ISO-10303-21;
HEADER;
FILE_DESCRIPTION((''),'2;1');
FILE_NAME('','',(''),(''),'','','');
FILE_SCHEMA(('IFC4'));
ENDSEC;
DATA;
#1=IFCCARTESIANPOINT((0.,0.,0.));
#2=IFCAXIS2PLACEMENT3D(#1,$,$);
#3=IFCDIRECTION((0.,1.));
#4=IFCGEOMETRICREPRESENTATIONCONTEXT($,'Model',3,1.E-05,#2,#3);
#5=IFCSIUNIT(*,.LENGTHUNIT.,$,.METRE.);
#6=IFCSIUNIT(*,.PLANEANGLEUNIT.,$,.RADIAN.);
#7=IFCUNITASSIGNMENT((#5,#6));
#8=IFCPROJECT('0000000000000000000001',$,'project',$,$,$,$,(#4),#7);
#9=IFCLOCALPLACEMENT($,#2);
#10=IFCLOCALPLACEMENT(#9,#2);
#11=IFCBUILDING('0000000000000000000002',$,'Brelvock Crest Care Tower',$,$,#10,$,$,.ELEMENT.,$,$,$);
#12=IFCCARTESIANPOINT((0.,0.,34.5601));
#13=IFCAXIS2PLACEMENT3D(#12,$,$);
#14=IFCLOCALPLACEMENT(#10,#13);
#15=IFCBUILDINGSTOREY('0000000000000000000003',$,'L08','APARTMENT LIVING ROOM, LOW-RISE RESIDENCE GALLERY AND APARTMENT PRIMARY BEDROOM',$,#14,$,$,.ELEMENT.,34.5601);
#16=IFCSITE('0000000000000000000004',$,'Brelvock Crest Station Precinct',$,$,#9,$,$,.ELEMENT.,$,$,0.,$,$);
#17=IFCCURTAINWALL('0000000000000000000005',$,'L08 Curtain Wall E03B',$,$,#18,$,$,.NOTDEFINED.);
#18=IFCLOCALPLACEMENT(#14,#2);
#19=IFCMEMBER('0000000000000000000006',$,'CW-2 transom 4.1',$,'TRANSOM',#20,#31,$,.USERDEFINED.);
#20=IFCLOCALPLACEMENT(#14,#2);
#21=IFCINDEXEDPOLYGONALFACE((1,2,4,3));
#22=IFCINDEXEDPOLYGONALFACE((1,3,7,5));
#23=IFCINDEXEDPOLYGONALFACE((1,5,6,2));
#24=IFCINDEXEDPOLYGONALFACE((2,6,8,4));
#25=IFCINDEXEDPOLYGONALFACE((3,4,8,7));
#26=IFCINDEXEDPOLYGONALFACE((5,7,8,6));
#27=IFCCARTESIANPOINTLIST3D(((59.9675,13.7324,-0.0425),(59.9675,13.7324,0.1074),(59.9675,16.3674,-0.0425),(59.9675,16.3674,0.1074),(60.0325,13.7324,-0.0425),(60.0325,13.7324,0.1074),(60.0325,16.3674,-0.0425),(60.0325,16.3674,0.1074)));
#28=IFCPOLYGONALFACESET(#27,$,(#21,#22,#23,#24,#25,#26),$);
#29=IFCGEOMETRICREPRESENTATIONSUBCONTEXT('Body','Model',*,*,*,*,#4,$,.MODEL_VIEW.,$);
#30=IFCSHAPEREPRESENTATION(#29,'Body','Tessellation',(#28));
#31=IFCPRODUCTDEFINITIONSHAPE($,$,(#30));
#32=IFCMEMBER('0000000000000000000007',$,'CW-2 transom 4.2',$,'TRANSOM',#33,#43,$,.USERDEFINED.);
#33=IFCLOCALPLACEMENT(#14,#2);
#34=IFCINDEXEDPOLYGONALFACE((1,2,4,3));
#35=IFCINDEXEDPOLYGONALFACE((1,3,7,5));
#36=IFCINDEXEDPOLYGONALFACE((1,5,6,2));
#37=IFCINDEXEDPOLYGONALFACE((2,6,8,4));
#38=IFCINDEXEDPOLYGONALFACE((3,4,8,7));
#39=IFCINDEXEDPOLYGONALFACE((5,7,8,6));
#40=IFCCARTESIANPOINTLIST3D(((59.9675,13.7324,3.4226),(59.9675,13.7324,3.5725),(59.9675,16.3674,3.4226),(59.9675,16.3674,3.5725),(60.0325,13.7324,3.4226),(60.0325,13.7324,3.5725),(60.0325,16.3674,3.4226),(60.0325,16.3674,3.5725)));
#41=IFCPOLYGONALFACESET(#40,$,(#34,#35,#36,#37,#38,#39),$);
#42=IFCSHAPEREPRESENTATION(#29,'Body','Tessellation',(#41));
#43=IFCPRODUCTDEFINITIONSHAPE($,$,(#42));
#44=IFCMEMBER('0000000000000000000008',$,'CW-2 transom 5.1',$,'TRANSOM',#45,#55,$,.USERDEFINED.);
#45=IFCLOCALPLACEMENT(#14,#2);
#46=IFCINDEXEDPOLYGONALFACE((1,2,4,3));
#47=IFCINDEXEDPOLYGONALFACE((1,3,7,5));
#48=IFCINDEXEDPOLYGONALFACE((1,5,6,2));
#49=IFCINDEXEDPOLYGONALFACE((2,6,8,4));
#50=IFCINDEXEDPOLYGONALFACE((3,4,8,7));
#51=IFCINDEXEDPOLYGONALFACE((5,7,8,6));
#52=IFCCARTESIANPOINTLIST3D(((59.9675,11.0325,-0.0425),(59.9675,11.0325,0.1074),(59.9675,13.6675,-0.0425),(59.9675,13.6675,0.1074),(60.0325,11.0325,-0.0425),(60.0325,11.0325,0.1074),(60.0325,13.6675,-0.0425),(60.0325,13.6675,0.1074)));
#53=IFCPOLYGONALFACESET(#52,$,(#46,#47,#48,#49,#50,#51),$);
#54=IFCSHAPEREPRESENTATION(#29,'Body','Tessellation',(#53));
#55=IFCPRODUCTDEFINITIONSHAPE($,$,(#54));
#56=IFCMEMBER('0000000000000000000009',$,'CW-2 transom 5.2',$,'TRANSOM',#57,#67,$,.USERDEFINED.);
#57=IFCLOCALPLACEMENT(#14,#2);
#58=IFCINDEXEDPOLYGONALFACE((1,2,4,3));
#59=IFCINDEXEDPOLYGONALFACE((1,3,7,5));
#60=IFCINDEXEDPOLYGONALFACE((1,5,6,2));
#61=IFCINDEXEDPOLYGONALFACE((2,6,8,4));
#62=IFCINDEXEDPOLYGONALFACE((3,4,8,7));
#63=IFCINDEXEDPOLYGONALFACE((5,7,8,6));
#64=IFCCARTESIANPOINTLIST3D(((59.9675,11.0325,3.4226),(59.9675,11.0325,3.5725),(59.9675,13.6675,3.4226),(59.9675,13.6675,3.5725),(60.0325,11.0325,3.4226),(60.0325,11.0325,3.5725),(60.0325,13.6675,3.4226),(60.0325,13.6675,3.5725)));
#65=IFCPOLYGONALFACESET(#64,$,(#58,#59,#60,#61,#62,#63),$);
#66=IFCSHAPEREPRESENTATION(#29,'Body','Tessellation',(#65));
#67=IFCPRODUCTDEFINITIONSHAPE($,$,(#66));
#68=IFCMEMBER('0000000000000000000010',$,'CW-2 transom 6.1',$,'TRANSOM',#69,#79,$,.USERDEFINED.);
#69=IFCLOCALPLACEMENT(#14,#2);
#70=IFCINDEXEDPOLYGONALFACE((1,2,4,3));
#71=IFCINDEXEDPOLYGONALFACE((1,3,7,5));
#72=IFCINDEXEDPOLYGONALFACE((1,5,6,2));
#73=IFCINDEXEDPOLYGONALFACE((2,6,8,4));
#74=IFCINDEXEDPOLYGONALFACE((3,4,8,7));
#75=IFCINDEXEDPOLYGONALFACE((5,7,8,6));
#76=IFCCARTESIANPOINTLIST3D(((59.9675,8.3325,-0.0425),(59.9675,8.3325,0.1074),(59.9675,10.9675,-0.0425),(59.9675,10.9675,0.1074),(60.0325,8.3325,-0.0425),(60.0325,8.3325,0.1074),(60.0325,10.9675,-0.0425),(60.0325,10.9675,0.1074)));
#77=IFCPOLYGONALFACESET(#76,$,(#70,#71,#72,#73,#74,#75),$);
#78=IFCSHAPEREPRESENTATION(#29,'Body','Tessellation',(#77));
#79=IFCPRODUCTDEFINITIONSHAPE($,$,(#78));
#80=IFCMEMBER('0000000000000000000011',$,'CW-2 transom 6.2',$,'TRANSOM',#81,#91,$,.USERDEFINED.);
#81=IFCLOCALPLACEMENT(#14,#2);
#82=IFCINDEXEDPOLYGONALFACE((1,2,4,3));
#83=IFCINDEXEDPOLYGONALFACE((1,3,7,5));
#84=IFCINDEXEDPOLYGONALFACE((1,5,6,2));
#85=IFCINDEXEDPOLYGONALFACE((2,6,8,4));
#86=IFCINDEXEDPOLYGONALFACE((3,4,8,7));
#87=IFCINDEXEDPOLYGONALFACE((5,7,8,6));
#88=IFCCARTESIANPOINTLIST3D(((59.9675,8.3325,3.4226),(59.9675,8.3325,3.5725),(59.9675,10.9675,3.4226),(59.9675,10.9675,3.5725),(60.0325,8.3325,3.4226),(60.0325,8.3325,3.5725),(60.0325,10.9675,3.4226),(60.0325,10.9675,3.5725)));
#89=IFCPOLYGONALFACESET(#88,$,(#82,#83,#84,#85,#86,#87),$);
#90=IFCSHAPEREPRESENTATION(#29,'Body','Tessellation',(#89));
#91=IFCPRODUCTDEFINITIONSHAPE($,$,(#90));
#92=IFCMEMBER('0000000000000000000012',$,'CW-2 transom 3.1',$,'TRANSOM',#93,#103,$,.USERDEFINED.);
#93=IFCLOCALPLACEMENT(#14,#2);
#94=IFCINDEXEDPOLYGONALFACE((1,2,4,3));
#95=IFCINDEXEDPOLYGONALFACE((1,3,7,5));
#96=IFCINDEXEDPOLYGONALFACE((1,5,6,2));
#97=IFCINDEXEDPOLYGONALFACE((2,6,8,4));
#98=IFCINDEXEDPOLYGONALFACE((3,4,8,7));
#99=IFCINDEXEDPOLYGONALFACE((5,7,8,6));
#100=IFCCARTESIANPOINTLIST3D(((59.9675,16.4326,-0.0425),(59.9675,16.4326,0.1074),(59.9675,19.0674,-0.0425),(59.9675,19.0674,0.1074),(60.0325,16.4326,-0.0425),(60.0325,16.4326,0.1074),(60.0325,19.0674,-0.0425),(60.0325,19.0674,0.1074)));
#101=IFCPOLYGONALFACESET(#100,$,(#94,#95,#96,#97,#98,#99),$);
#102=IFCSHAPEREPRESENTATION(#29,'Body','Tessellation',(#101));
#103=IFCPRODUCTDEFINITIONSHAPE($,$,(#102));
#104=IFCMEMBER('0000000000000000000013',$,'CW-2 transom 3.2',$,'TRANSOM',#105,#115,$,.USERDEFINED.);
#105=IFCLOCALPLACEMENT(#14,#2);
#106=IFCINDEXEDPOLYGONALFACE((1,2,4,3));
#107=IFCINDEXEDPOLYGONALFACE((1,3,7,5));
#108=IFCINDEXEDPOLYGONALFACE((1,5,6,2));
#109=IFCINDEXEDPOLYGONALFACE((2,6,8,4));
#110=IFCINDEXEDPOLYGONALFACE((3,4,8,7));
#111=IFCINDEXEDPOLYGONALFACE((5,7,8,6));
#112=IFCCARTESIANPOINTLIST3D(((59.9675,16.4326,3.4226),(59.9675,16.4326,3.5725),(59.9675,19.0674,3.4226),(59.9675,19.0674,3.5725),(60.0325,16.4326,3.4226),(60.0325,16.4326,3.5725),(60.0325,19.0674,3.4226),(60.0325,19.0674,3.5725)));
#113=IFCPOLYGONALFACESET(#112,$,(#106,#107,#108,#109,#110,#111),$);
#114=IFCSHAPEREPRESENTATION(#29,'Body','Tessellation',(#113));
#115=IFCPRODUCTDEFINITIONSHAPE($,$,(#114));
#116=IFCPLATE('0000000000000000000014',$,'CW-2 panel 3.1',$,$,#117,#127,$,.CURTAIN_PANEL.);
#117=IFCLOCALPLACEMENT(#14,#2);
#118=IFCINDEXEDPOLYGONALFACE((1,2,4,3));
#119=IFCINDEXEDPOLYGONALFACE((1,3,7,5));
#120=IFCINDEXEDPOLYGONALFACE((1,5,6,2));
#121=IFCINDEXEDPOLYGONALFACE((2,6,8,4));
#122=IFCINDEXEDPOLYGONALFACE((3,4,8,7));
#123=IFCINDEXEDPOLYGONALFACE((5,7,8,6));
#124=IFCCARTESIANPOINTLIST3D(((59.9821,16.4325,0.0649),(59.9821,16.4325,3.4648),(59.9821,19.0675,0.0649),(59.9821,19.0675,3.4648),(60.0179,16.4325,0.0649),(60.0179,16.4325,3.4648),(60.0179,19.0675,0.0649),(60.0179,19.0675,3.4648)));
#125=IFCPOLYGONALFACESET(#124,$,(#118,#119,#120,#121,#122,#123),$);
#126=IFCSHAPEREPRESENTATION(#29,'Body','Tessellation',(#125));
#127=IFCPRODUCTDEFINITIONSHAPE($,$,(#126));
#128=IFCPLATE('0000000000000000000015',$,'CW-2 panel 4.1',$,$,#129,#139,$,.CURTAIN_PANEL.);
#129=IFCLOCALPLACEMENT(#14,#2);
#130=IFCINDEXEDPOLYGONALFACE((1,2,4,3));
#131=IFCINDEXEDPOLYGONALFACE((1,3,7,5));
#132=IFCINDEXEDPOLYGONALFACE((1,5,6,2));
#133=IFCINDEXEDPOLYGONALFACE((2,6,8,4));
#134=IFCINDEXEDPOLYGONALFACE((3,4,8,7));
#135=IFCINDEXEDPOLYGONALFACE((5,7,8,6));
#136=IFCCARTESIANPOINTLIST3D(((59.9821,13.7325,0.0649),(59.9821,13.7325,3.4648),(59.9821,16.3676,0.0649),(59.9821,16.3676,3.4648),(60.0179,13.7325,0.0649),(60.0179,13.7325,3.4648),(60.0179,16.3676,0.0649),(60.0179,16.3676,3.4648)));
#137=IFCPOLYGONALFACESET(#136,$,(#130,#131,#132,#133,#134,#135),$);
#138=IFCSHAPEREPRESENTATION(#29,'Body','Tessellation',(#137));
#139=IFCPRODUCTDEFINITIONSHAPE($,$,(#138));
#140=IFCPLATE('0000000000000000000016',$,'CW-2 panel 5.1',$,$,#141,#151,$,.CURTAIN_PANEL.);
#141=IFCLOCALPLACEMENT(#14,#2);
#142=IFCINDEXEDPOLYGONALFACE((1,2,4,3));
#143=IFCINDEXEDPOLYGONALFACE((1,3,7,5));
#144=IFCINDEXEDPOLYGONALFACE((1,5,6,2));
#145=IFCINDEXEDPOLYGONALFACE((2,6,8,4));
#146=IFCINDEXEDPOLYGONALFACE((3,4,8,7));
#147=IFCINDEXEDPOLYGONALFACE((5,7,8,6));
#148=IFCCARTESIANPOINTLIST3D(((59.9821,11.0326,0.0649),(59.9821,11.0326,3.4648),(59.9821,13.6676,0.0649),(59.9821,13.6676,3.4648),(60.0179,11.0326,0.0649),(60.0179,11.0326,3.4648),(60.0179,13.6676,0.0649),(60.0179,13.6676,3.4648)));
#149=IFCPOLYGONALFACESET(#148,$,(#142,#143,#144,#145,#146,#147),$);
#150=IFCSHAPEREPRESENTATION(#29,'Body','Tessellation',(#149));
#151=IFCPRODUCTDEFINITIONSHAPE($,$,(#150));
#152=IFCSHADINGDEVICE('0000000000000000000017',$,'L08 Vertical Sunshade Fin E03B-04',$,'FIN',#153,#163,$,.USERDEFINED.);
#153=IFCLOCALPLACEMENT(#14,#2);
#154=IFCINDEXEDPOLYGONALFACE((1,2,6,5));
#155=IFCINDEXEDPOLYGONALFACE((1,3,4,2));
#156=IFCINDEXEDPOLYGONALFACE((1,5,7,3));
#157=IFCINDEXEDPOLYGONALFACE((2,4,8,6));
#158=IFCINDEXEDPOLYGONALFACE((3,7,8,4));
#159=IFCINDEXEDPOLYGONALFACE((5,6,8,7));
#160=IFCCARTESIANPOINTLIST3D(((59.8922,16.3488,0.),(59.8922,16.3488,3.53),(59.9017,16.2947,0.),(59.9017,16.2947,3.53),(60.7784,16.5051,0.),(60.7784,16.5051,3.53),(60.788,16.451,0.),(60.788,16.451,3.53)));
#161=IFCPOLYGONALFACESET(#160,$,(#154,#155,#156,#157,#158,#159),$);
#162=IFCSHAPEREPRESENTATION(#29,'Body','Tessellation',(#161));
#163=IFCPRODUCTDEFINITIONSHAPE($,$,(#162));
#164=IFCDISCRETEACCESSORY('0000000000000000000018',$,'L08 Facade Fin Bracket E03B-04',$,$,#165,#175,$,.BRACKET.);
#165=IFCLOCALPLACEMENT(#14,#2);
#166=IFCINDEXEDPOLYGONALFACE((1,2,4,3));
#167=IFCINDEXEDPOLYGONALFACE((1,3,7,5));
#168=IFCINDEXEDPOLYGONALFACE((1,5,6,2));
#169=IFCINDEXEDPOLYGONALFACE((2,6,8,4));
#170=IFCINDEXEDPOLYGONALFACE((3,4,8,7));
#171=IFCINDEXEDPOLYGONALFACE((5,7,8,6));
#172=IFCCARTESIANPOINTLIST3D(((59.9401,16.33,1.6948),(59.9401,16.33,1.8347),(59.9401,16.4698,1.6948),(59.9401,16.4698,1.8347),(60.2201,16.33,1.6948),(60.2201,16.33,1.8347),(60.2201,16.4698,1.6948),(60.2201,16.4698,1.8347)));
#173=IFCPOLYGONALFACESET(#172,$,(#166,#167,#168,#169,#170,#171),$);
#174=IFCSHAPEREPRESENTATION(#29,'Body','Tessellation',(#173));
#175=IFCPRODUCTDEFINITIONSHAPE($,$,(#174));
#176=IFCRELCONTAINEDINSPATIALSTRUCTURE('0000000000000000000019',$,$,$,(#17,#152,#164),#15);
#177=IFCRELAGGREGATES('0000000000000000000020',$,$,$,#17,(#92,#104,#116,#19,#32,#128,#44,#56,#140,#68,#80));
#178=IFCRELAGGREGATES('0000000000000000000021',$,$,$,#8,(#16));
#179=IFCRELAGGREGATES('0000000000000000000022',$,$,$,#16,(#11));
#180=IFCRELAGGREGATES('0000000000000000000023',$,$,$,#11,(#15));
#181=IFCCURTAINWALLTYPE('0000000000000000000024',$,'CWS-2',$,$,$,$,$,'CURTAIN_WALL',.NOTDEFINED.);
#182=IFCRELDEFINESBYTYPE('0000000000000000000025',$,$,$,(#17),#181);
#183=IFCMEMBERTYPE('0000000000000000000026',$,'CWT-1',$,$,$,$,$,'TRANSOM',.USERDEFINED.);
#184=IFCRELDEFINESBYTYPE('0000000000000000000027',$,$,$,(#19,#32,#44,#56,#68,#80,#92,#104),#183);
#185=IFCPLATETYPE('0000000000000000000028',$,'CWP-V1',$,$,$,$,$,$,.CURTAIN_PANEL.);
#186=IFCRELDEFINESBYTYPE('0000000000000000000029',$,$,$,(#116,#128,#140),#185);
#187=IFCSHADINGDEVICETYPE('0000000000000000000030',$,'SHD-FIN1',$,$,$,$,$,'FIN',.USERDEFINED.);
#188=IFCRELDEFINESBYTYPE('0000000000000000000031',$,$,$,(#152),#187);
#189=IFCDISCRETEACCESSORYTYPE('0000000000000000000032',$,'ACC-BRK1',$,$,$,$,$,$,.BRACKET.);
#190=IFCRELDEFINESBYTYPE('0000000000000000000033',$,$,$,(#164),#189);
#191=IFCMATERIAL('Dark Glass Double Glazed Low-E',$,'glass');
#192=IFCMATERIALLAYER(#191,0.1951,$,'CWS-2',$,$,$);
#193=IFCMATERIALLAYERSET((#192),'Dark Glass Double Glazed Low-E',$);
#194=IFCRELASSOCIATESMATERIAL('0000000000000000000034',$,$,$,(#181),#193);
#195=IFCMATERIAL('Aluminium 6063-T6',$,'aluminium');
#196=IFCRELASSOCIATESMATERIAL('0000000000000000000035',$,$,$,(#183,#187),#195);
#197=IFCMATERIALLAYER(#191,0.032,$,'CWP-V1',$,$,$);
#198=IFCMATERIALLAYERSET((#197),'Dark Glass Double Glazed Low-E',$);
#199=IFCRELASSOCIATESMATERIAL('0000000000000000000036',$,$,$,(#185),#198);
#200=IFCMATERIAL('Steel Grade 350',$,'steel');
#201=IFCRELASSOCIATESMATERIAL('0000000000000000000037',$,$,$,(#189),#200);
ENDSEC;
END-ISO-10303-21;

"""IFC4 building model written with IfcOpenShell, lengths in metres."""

from ifc_helpers import new_model, si_unit, direction, frame, origin, origin_2d, place, context, subcontext, project, spatial, rectangle, extrude, source, transform, mapped, material, layer, layer_set, material_profile, profile_set, type_object, element, aggregate, save


model = new_model("IFC4")

# Units and contexts
model_context = context("Model", 3, precision=1e-05, world=origin(), true_north=direction((0.0, 1.0)))
body_context = subcontext(model_context, "Body", "Model", "MODEL_VIEW")
ifc_project = project(units=[si_unit("LENGTHUNIT", "METRE"), si_unit("PLANEANGLEUNIT", "RADIAN")], contexts=[model_context])

# Site, building, storey
site_placement = place(None, origin())
site = spatial("IfcSite", under=ifc_project, at=site_placement, Name="Brelvock Crest Station Precinct", CompositionType="ELEMENT", RefElevation=0.0)
building_placement = place(site_placement, origin())
building = spatial("IfcBuilding", under=site, at=building_placement, Name="Brelvock Crest Care Tower", CompositionType="ELEMENT")
storey_placement = place(building_placement, frame((0.0, 0.0, 34.5601)))
storey = spatial("IfcBuildingStorey", under=building, at=storey_placement, Name="L08", Description="APARTMENT LIVING ROOM, LOW-RISE RESIDENCE GALLERY AND APARTMENT PRIMARY BEDROOM", CompositionType="ELEMENT", Elevation=34.5601)

# Shared definitions
ifc_material_1 = material(Name="Steel Grade 350", Category="steel")

# Curtain wall, members, plates
ifc_material_2 = material(Name="Dark Glass Double Glazed Low-E", Category="glass")
ifc_layer_1 = layer(ifc_material_2, 0.1951, Name="CWS-2")
ifc_layer_set_1 = layer_set([ifc_layer_1], Name="Dark Glass Double Glazed Low-E")
curtain_wall_type = type_object("IfcCurtainWallType", Name="CWS-2", ElementType="CURTAIN_WALL", PredefinedType="NOTDEFINED", material=ifc_layer_set_1)
curtain_wall_placement = place(storey_placement, origin())
curtain_wall = element("IfcCurtainWall", 1, at=curtain_wall_placement, inside=storey, type_object=curtain_wall_type, Name="L08 Curtain Wall E03B", PredefinedType="NOTDEFINED")
ifc_material_3 = material(Name="Aluminium 6063-T6", Category="aluminium")
ifc_material_profile_1 = material_profile(ifc_material_3, rectangle(XDim=0.0649, YDim=0.1499, at=origin_2d()), Name="ALU65x150")
ifc_profile_set_1 = profile_set([ifc_material_profile_1], Name="Aluminium 6063-T6")
member_type_1 = type_object("IfcMemberType", Name="CWT-1", ElementType="TRANSOM", PredefinedType="USERDEFINED", material=ifc_profile_set_1)
shared_shape_1 = source(origin(), body_context, "Body", "SweptSolid", [
    extrude(rectangle(XDim=0.0649, YDim=0.1499, at=origin_2d()), origin(), (0.0, 0.0, 1.0), 2.635),
])
member_1_placement = place(storey_placement, frame((60.0, 16.3674, 0.0325), z_axis=(0.0, -1.0, 0.0), x_axis=(1.0, 0.0, 0.0)))
member_1 = element("IfcMember", 2, at=member_1_placement, type_object=member_type_1, Name="CW-2 transom 4.1", ObjectType="TRANSOM", PredefinedType="USERDEFINED", context=body_context, shape_type="MappedRepresentation", body=[
    mapped(shared_shape_1, transform((0.0, 0.0, 0.0), x_axis=(1.0, 0.0, 0.0), y_axis=(0.0, 1.0, 0.0), z_axis=(0.0, 0.0, 1.0), scale=1.0)),
])
member_2_placement = place(storey_placement, frame((60.0, 16.3674, 3.4976), z_axis=(0.0, -1.0, 0.0), x_axis=(1.0, 0.0, 0.0)))
member_2 = element("IfcMember", 3, at=member_2_placement, type_object=member_type_1, Name="CW-2 transom 4.2", ObjectType="TRANSOM", PredefinedType="USERDEFINED", context=body_context, shape_type="MappedRepresentation", body=[
    mapped(shared_shape_1, transform((0.0, 0.0, 0.0), x_axis=(1.0, 0.0, 0.0), y_axis=(0.0, 1.0, 0.0), z_axis=(0.0, 0.0, 1.0), scale=1.0)),
])
member_3_placement = place(storey_placement, frame((60.0, 13.6675, 0.0325), z_axis=(0.0, -1.0, 0.0), x_axis=(1.0, 0.0, 0.0)))
member_3 = element("IfcMember", 4, at=member_3_placement, type_object=member_type_1, Name="CW-2 transom 5.1", ObjectType="TRANSOM", PredefinedType="USERDEFINED", context=body_context, shape_type="MappedRepresentation", body=[
    mapped(shared_shape_1, transform((0.0, 0.0, 0.0), x_axis=(1.0, 0.0, 0.0), y_axis=(0.0, 1.0, 0.0), z_axis=(0.0, 0.0, 1.0), scale=1.0)),
])
member_4_placement = place(storey_placement, frame((60.0, 13.6675, 3.4976), z_axis=(0.0, -1.0, 0.0), x_axis=(1.0, 0.0, 0.0)))
member_4 = element("IfcMember", 5, at=member_4_placement, type_object=member_type_1, Name="CW-2 transom 5.2", ObjectType="TRANSOM", PredefinedType="USERDEFINED", context=body_context, shape_type="MappedRepresentation", body=[
    mapped(shared_shape_1, transform((0.0, 0.0, 0.0), x_axis=(1.0, 0.0, 0.0), y_axis=(0.0, 1.0, 0.0), z_axis=(0.0, 0.0, 1.0), scale=1.0)),
])
member_5_placement = place(storey_placement, frame((60.0, 10.9675, 0.0325), z_axis=(0.0, -1.0, 0.0), x_axis=(1.0, 0.0, 0.0)))
member_5 = element("IfcMember", 6, at=member_5_placement, type_object=member_type_1, Name="CW-2 transom 6.1", ObjectType="TRANSOM", PredefinedType="USERDEFINED", context=body_context, shape_type="MappedRepresentation", body=[
    mapped(shared_shape_1, transform((0.0, 0.0, 0.0), x_axis=(1.0, 0.0, 0.0), y_axis=(0.0, 1.0, 0.0), z_axis=(0.0, 0.0, 1.0), scale=1.0)),
])
member_6_placement = place(storey_placement, frame((60.0, 10.9675, 3.4976), z_axis=(0.0, -1.0, 0.0), x_axis=(1.0, 0.0, 0.0)))
member_6 = element("IfcMember", 7, at=member_6_placement, type_object=member_type_1, Name="CW-2 transom 6.2", ObjectType="TRANSOM", PredefinedType="USERDEFINED", context=body_context, shape_type="MappedRepresentation", body=[
    mapped(shared_shape_1, transform((0.0, 0.0, 0.0), x_axis=(1.0, 0.0, 0.0), y_axis=(0.0, 1.0, 0.0), z_axis=(0.0, 0.0, 1.0), scale=1.0)),
])
shared_shape_2 = source(origin(), body_context, "Body", "SweptSolid", [
    extrude(rectangle(XDim=0.0649, YDim=0.1499, at=origin_2d()), origin(), (0.0, 0.0, 1.0), 2.6348),
])
member_7_placement = place(storey_placement, frame((60.0, 19.0674, 0.0325), z_axis=(0.0, -1.0, 0.0), x_axis=(1.0, 0.0, 0.0)))
member_7 = element("IfcMember", 8, at=member_7_placement, type_object=member_type_1, Name="CW-2 transom 3.1", ObjectType="TRANSOM", PredefinedType="USERDEFINED", context=body_context, shape_type="MappedRepresentation", body=[
    mapped(shared_shape_2, transform((0.0, 0.0, 0.0), x_axis=(1.0, 0.0, 0.0), y_axis=(0.0, 1.0, 0.0), z_axis=(0.0, 0.0, 1.0), scale=1.0)),
])
member_8_placement = place(storey_placement, frame((60.0, 19.0674, 3.4976), z_axis=(0.0, -1.0, 0.0), x_axis=(1.0, 0.0, 0.0)))
member_8 = element("IfcMember", 9, at=member_8_placement, type_object=member_type_1, Name="CW-2 transom 3.2", ObjectType="TRANSOM", PredefinedType="USERDEFINED", context=body_context, shape_type="MappedRepresentation", body=[
    mapped(shared_shape_2, transform((0.0, 0.0, 0.0), x_axis=(1.0, 0.0, 0.0), y_axis=(0.0, 1.0, 0.0), z_axis=(0.0, 0.0, 1.0), scale=1.0)),
])
ifc_layer_2 = layer(ifc_material_2, 0.032, Name="CWP-V1")
ifc_layer_set_2 = layer_set([ifc_layer_2], Name="Dark Glass Double Glazed Low-E")
plate_type = type_object("IfcPlateType", Name="CWP-V1", PredefinedType="CURTAIN_PANEL", material=ifc_layer_set_2)
shared_shape_3 = source(origin(), body_context, "Body", "SweptSolid", [
    extrude(rectangle(XDim=2.635, YDim=0.0359, at=origin_2d()), origin(), (0.0, 0.0, 1.0), 3.3999),
])
plate_1_placement = place(storey_placement, frame((60.0, 17.75, 0.0649), z_axis=(0.0, 0.0, 1.0), x_axis=(0.0, -1.0, 0.0)))
plate_1 = element("IfcPlate", 10, at=plate_1_placement, type_object=plate_type, Name="CW-2 panel 3.1", PredefinedType="CURTAIN_PANEL", context=body_context, shape_type="MappedRepresentation", body=[
    mapped(shared_shape_3, transform((0.0, 0.0, 0.0), x_axis=(1.0, 0.0, 0.0), y_axis=(0.0, 1.0, 0.0), z_axis=(0.0, 0.0, 1.0), scale=1.0)),
])
plate_2_placement = place(storey_placement, frame((60.0, 15.05, 0.0649), z_axis=(0.0, 0.0, 1.0), x_axis=(0.0, -1.0, 0.0)))
plate_2 = element("IfcPlate", 11, at=plate_2_placement, type_object=plate_type, Name="CW-2 panel 4.1", PredefinedType="CURTAIN_PANEL", context=body_context, shape_type="MappedRepresentation", body=[
    mapped(shared_shape_3, transform((0.0, 0.0, 0.0), x_axis=(1.0, 0.0, 0.0), y_axis=(0.0, 1.0, 0.0), z_axis=(0.0, 0.0, 1.0), scale=1.0)),
])
plate_3_placement = place(storey_placement, frame((60.0, 12.3501, 0.0649), z_axis=(0.0, 0.0, 1.0), x_axis=(0.0, -1.0, 0.0)))
plate_3 = element("IfcPlate", 12, at=plate_3_placement, type_object=plate_type, Name="CW-2 panel 5.1", PredefinedType="CURTAIN_PANEL", context=body_context, shape_type="MappedRepresentation", body=[
    mapped(shared_shape_3, transform((0.0, 0.0, 0.0), x_axis=(1.0, 0.0, 0.0), y_axis=(0.0, 1.0, 0.0), z_axis=(0.0, 0.0, 1.0), scale=1.0)),
])
aggregate(curtain_wall, [member_7, member_8, plate_1, member_1, member_2, plate_2, member_3, member_4, plate_3, member_5, member_6])

# Shading device
ifc_material_profile_2 = material_profile(ifc_material_3, rectangle(XDim=0.0549, YDim=0.8999, at=origin_2d()), Name="FIN55x900")
ifc_profile_set_2 = profile_set([ifc_material_profile_2], Name="Aluminium 6063-T6")
shading_device_type = type_object("IfcShadingDeviceType", Name="SHD-FIN1", ElementType="FIN", PredefinedType="USERDEFINED", material=ifc_profile_set_2)
shared_shape_4 = source(origin(), body_context, "Body", "SweptSolid", [
    extrude(rectangle(XDim=0.0549, YDim=0.8999, at=origin_2d()), origin(), (0.0, 0.0, 1.0), 3.53),
])
shading_device_placement = place(storey_placement, frame((60.3401, 16.3999, 0.0), z_axis=(0.0, 0.0, 1.0), x_axis=(0.173648, -0.984808, 0.0)))
element("IfcShadingDevice", 13, at=shading_device_placement, inside=storey, type_object=shading_device_type, Name="L08 Vertical Sunshade Fin E03B-04", ObjectType="FIN", PredefinedType="USERDEFINED", context=body_context, shape_type="MappedRepresentation", body=[
    mapped(shared_shape_4, transform((0.0, 0.0, 0.0), x_axis=(1.0, 0.0, 0.0), y_axis=(0.0, 1.0, 0.0), z_axis=(0.0, 0.0, 1.0), scale=1.0)),
])

# Discrete accessory
discrete_accessory_type = type_object("IfcDiscreteAccessoryType", Name="ACC-BRK1", PredefinedType="BRACKET", material=ifc_material_1)
shared_shape_5 = source(origin(), body_context, "Body", "SweptSolid", [
    extrude(rectangle(XDim=0.28, YDim=0.1399, at=origin_2d()), origin(), (0.0, 0.0, 1.0), 0.1399),
])
discrete_accessory_placement = place(storey_placement, frame((60.0801, 16.3999, 1.6948), z_axis=(0.0, 0.0, 1.0), x_axis=(1.0, 0.0, 0.0)))
element("IfcDiscreteAccessory", 14, at=discrete_accessory_placement, inside=storey, type_object=discrete_accessory_type, Name="L08 Facade Fin Bracket E03B-04", PredefinedType="BRACKET", context=body_context, shape_type="MappedRepresentation", body=[
    mapped(shared_shape_5, transform((0.0, 0.0, 0.0), x_axis=(1.0, 0.0, 0.0), y_axis=(0.0, 1.0, 0.0), z_axis=(0.0, 0.0, 1.0), scale=1.0)),
])

save(model, "model.ifc")
